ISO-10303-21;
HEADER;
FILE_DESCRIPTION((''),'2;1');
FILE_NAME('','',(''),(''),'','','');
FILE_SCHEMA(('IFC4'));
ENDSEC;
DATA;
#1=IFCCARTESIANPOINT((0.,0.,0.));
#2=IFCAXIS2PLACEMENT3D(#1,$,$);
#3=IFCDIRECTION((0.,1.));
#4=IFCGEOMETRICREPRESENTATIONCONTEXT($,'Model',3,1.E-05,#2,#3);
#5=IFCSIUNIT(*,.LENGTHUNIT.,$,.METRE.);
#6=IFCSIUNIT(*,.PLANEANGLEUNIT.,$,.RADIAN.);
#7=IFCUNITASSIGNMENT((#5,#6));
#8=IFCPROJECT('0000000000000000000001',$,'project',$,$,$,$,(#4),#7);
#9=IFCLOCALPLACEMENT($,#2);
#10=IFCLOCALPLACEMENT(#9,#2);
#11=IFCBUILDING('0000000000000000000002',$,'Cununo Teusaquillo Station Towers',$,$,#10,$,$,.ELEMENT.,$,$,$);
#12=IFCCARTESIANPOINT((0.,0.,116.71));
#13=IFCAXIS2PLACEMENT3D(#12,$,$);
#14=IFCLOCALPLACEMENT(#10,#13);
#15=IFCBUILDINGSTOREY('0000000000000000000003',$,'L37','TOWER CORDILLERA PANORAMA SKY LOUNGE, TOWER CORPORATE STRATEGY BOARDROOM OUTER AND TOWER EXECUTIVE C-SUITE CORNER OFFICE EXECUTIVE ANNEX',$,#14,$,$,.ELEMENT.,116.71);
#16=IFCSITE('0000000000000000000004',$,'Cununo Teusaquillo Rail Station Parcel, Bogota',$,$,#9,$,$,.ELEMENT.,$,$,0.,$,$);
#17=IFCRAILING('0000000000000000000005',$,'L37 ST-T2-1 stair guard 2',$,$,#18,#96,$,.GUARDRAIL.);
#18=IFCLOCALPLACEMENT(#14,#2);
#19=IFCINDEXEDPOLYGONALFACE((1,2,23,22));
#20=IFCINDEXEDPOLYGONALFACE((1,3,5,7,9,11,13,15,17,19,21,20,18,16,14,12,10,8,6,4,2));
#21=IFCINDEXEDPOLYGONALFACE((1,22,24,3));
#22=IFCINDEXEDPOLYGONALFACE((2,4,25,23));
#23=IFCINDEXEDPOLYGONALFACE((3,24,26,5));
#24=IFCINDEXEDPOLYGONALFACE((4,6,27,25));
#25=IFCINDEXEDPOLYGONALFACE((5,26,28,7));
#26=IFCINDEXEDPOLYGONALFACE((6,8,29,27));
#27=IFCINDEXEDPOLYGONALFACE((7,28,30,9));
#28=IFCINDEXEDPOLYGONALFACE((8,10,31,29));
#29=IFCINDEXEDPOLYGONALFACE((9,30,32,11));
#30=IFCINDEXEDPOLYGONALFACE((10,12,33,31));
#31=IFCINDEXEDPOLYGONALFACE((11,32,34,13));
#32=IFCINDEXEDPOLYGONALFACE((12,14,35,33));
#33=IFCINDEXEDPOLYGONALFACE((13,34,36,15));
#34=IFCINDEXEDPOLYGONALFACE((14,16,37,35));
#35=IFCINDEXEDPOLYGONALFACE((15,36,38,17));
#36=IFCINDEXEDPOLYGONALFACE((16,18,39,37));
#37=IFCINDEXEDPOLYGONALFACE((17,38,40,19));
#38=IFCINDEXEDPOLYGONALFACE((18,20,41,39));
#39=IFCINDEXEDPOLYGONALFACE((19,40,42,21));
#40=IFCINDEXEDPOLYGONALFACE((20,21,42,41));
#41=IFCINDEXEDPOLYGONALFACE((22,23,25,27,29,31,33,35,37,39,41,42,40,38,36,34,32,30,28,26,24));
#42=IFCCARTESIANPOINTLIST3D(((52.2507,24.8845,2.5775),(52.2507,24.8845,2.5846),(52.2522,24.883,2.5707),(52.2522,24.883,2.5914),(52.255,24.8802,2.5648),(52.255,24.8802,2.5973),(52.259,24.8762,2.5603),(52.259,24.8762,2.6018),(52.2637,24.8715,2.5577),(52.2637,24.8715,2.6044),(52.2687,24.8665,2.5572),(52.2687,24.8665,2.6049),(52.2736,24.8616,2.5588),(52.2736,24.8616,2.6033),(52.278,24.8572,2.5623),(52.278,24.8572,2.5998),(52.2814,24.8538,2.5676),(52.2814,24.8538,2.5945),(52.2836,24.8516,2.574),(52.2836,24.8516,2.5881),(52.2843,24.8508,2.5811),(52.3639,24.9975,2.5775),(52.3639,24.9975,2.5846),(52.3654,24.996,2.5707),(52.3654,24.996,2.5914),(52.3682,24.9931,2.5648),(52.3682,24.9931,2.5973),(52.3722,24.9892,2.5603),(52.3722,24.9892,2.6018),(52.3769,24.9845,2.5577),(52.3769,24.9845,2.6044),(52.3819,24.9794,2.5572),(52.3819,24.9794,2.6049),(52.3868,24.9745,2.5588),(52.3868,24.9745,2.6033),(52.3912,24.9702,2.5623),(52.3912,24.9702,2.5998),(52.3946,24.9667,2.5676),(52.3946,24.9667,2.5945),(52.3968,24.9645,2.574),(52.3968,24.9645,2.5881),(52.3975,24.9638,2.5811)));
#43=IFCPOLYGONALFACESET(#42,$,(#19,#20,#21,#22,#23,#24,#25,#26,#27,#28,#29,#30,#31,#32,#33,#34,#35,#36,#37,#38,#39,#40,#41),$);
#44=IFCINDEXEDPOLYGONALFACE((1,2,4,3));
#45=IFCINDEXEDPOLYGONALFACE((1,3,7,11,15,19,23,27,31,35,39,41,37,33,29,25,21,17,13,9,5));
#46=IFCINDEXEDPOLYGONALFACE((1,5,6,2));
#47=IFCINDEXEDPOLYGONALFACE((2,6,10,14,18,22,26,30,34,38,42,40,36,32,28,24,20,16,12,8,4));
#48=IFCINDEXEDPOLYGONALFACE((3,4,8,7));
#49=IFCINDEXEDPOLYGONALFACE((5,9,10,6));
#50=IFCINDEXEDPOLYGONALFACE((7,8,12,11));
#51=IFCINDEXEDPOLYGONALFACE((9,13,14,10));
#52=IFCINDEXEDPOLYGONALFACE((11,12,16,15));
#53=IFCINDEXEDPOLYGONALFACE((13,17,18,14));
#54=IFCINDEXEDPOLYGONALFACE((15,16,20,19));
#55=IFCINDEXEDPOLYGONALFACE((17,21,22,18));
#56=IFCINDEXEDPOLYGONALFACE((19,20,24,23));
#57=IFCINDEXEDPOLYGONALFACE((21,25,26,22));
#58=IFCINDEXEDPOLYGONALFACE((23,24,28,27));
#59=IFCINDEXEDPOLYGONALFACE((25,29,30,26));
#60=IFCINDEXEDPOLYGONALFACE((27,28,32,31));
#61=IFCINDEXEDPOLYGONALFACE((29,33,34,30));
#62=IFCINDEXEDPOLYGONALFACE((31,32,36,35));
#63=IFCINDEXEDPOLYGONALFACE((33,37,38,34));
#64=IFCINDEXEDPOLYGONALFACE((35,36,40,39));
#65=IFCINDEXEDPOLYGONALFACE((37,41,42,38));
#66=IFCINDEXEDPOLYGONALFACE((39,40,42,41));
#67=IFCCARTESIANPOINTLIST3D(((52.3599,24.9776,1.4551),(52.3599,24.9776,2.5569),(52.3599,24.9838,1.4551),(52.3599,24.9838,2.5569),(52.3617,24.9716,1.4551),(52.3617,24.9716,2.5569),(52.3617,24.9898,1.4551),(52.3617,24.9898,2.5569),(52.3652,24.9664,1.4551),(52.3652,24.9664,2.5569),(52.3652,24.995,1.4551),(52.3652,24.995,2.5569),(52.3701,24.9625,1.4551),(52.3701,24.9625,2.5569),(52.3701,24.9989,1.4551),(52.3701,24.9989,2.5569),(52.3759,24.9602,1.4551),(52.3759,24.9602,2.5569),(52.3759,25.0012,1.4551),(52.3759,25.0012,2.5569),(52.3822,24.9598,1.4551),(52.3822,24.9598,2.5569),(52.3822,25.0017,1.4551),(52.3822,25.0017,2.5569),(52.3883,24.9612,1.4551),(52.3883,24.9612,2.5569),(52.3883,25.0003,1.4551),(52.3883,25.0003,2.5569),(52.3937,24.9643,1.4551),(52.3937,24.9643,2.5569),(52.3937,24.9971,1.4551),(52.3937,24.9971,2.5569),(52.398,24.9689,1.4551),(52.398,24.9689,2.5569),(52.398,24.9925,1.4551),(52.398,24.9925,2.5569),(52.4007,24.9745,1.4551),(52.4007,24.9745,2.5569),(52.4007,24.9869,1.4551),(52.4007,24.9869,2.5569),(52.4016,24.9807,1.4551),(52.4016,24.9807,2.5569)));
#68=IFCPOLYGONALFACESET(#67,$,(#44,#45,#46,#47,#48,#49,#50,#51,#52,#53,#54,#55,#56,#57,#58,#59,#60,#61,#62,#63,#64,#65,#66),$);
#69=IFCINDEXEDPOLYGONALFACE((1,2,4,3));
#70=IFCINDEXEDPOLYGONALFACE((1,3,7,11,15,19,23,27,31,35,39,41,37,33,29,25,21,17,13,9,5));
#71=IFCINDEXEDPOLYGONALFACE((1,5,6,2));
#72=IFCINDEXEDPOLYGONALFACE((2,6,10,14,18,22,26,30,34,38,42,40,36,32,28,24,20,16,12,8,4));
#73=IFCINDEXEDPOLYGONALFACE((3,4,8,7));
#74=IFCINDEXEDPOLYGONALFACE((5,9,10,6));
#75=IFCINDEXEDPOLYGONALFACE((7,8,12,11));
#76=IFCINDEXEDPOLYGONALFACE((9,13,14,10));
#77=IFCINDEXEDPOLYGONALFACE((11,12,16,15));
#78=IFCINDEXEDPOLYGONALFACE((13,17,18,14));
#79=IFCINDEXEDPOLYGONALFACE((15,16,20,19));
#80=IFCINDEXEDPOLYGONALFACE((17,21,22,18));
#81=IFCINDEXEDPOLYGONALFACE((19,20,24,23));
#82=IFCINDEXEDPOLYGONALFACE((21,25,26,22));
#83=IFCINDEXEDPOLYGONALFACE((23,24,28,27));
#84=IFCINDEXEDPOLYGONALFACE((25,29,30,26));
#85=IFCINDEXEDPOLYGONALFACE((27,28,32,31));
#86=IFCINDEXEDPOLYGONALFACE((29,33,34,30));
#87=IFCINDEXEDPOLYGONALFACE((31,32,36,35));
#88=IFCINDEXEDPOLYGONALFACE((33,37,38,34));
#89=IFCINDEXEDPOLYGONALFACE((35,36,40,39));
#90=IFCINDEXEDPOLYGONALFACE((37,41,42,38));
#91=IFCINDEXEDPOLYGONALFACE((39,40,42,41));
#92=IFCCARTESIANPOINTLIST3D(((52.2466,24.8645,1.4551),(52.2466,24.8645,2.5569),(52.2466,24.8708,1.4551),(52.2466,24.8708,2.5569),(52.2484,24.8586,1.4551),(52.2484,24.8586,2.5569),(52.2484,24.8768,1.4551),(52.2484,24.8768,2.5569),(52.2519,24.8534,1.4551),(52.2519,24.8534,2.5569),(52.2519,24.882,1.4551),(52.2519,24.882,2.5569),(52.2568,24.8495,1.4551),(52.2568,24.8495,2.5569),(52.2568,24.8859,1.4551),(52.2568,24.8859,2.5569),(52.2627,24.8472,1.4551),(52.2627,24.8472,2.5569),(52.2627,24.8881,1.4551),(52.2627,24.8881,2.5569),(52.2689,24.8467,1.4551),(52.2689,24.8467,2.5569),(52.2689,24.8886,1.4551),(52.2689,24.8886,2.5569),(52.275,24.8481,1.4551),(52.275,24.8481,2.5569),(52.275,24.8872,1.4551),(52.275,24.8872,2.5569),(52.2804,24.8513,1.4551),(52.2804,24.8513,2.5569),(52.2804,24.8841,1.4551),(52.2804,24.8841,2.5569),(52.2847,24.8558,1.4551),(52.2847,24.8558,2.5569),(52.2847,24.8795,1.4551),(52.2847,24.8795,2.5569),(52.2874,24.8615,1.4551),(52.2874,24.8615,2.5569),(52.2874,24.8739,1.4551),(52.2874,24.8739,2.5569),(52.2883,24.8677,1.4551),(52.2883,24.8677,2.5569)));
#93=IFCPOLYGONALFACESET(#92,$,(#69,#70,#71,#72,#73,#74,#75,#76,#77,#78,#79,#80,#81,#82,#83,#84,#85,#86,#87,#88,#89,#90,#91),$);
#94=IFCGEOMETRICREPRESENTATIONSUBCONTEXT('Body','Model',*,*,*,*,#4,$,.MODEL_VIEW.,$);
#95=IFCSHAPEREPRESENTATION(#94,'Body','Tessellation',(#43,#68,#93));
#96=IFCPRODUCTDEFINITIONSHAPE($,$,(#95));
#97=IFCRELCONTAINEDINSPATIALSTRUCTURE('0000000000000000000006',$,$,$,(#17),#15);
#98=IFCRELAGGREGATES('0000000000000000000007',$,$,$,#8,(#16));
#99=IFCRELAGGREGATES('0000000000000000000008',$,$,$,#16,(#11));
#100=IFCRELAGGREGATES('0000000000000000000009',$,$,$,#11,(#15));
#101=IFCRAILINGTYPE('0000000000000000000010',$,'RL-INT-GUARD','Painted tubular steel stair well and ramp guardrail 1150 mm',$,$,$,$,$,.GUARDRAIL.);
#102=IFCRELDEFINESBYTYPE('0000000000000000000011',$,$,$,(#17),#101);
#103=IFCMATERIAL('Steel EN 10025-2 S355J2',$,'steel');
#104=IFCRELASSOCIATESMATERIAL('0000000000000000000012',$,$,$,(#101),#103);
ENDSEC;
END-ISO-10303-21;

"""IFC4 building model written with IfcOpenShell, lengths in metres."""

from ifc_helpers import new_model, si_unit, direction, frame, origin, origin_2d, place, context, subcontext, project, spatial, circle, extrude, material, type_object, element, save


model = new_model("IFC4")

# Units and contexts
model_context = context("Model", 3, precision=1e-05, world=origin(), true_north=direction((0.0, 1.0)))
body_context = subcontext(model_context, "Body", "Model", "MODEL_VIEW")
ifc_project = project(units=[si_unit("LENGTHUNIT", "METRE"), si_unit("PLANEANGLEUNIT", "RADIAN")], contexts=[model_context])

# Site, building, storey
site_placement = place(None, origin())
site = spatial("IfcSite", under=ifc_project, at=site_placement, Name="Cununo Teusaquillo Rail Station Parcel, Bogota", CompositionType="ELEMENT", RefElevation=0.0)
building_placement = place(site_placement, origin())
building = spatial("IfcBuilding", under=site, at=building_placement, Name="Cununo Teusaquillo Station Towers", CompositionType="ELEMENT")
storey_placement = place(building_placement, frame((0.0, 0.0, 116.71)))
storey = spatial("IfcBuildingStorey", under=building, at=storey_placement, Name="L37", Description="TOWER CORDILLERA PANORAMA SKY LOUNGE, TOWER CORPORATE STRATEGY BOARDROOM OUTER AND TOWER EXECUTIVE C-SUITE CORNER OFFICE EXECUTIVE ANNEX", CompositionType="ELEMENT", Elevation=116.71)

# Railing
ifc_material_1 = material(Name="Steel EN 10025-2 S355J2", Category="steel")
railing_type_1 = type_object("IfcRailingType", Name="RL-INT-GUARD", Description="Painted tubular steel stair well and ramp guardrail 1150 mm", PredefinedType="GUARDRAIL", material=ifc_material_1)
railing_1_placement = place(storey_placement, frame((52.3806, 24.9807, 1.4551)))
element("IfcRailing", 1, at=railing_1_placement, inside=storey, type_object=railing_type_1, Name="L37 ST-T2-1 stair guard 2", PredefinedType="GUARDRAIL", context=body_context, shape_type="SweptSolid", body=[
    extrude(circle(Radius=0.0239, at=origin_2d()), frame((0.0, 0.0, 1.126), z_axis=(-0.707869, -0.706344, 0.0), x_axis=(0.706344, -0.707869, 0.0)), (0.0, 0.0, 1.0), 0.1599),
    extrude(circle(Radius=0.021, at=origin_2d()), origin(), (0.0, 0.0, 1.0), 1.1018),
    extrude(circle(Radius=0.021, at=origin_2d()), frame((-0.1133, -0.113, 0.0)), (0.0, 0.0, 1.0), 1.1018),
])

save(model, "model.ifc")
